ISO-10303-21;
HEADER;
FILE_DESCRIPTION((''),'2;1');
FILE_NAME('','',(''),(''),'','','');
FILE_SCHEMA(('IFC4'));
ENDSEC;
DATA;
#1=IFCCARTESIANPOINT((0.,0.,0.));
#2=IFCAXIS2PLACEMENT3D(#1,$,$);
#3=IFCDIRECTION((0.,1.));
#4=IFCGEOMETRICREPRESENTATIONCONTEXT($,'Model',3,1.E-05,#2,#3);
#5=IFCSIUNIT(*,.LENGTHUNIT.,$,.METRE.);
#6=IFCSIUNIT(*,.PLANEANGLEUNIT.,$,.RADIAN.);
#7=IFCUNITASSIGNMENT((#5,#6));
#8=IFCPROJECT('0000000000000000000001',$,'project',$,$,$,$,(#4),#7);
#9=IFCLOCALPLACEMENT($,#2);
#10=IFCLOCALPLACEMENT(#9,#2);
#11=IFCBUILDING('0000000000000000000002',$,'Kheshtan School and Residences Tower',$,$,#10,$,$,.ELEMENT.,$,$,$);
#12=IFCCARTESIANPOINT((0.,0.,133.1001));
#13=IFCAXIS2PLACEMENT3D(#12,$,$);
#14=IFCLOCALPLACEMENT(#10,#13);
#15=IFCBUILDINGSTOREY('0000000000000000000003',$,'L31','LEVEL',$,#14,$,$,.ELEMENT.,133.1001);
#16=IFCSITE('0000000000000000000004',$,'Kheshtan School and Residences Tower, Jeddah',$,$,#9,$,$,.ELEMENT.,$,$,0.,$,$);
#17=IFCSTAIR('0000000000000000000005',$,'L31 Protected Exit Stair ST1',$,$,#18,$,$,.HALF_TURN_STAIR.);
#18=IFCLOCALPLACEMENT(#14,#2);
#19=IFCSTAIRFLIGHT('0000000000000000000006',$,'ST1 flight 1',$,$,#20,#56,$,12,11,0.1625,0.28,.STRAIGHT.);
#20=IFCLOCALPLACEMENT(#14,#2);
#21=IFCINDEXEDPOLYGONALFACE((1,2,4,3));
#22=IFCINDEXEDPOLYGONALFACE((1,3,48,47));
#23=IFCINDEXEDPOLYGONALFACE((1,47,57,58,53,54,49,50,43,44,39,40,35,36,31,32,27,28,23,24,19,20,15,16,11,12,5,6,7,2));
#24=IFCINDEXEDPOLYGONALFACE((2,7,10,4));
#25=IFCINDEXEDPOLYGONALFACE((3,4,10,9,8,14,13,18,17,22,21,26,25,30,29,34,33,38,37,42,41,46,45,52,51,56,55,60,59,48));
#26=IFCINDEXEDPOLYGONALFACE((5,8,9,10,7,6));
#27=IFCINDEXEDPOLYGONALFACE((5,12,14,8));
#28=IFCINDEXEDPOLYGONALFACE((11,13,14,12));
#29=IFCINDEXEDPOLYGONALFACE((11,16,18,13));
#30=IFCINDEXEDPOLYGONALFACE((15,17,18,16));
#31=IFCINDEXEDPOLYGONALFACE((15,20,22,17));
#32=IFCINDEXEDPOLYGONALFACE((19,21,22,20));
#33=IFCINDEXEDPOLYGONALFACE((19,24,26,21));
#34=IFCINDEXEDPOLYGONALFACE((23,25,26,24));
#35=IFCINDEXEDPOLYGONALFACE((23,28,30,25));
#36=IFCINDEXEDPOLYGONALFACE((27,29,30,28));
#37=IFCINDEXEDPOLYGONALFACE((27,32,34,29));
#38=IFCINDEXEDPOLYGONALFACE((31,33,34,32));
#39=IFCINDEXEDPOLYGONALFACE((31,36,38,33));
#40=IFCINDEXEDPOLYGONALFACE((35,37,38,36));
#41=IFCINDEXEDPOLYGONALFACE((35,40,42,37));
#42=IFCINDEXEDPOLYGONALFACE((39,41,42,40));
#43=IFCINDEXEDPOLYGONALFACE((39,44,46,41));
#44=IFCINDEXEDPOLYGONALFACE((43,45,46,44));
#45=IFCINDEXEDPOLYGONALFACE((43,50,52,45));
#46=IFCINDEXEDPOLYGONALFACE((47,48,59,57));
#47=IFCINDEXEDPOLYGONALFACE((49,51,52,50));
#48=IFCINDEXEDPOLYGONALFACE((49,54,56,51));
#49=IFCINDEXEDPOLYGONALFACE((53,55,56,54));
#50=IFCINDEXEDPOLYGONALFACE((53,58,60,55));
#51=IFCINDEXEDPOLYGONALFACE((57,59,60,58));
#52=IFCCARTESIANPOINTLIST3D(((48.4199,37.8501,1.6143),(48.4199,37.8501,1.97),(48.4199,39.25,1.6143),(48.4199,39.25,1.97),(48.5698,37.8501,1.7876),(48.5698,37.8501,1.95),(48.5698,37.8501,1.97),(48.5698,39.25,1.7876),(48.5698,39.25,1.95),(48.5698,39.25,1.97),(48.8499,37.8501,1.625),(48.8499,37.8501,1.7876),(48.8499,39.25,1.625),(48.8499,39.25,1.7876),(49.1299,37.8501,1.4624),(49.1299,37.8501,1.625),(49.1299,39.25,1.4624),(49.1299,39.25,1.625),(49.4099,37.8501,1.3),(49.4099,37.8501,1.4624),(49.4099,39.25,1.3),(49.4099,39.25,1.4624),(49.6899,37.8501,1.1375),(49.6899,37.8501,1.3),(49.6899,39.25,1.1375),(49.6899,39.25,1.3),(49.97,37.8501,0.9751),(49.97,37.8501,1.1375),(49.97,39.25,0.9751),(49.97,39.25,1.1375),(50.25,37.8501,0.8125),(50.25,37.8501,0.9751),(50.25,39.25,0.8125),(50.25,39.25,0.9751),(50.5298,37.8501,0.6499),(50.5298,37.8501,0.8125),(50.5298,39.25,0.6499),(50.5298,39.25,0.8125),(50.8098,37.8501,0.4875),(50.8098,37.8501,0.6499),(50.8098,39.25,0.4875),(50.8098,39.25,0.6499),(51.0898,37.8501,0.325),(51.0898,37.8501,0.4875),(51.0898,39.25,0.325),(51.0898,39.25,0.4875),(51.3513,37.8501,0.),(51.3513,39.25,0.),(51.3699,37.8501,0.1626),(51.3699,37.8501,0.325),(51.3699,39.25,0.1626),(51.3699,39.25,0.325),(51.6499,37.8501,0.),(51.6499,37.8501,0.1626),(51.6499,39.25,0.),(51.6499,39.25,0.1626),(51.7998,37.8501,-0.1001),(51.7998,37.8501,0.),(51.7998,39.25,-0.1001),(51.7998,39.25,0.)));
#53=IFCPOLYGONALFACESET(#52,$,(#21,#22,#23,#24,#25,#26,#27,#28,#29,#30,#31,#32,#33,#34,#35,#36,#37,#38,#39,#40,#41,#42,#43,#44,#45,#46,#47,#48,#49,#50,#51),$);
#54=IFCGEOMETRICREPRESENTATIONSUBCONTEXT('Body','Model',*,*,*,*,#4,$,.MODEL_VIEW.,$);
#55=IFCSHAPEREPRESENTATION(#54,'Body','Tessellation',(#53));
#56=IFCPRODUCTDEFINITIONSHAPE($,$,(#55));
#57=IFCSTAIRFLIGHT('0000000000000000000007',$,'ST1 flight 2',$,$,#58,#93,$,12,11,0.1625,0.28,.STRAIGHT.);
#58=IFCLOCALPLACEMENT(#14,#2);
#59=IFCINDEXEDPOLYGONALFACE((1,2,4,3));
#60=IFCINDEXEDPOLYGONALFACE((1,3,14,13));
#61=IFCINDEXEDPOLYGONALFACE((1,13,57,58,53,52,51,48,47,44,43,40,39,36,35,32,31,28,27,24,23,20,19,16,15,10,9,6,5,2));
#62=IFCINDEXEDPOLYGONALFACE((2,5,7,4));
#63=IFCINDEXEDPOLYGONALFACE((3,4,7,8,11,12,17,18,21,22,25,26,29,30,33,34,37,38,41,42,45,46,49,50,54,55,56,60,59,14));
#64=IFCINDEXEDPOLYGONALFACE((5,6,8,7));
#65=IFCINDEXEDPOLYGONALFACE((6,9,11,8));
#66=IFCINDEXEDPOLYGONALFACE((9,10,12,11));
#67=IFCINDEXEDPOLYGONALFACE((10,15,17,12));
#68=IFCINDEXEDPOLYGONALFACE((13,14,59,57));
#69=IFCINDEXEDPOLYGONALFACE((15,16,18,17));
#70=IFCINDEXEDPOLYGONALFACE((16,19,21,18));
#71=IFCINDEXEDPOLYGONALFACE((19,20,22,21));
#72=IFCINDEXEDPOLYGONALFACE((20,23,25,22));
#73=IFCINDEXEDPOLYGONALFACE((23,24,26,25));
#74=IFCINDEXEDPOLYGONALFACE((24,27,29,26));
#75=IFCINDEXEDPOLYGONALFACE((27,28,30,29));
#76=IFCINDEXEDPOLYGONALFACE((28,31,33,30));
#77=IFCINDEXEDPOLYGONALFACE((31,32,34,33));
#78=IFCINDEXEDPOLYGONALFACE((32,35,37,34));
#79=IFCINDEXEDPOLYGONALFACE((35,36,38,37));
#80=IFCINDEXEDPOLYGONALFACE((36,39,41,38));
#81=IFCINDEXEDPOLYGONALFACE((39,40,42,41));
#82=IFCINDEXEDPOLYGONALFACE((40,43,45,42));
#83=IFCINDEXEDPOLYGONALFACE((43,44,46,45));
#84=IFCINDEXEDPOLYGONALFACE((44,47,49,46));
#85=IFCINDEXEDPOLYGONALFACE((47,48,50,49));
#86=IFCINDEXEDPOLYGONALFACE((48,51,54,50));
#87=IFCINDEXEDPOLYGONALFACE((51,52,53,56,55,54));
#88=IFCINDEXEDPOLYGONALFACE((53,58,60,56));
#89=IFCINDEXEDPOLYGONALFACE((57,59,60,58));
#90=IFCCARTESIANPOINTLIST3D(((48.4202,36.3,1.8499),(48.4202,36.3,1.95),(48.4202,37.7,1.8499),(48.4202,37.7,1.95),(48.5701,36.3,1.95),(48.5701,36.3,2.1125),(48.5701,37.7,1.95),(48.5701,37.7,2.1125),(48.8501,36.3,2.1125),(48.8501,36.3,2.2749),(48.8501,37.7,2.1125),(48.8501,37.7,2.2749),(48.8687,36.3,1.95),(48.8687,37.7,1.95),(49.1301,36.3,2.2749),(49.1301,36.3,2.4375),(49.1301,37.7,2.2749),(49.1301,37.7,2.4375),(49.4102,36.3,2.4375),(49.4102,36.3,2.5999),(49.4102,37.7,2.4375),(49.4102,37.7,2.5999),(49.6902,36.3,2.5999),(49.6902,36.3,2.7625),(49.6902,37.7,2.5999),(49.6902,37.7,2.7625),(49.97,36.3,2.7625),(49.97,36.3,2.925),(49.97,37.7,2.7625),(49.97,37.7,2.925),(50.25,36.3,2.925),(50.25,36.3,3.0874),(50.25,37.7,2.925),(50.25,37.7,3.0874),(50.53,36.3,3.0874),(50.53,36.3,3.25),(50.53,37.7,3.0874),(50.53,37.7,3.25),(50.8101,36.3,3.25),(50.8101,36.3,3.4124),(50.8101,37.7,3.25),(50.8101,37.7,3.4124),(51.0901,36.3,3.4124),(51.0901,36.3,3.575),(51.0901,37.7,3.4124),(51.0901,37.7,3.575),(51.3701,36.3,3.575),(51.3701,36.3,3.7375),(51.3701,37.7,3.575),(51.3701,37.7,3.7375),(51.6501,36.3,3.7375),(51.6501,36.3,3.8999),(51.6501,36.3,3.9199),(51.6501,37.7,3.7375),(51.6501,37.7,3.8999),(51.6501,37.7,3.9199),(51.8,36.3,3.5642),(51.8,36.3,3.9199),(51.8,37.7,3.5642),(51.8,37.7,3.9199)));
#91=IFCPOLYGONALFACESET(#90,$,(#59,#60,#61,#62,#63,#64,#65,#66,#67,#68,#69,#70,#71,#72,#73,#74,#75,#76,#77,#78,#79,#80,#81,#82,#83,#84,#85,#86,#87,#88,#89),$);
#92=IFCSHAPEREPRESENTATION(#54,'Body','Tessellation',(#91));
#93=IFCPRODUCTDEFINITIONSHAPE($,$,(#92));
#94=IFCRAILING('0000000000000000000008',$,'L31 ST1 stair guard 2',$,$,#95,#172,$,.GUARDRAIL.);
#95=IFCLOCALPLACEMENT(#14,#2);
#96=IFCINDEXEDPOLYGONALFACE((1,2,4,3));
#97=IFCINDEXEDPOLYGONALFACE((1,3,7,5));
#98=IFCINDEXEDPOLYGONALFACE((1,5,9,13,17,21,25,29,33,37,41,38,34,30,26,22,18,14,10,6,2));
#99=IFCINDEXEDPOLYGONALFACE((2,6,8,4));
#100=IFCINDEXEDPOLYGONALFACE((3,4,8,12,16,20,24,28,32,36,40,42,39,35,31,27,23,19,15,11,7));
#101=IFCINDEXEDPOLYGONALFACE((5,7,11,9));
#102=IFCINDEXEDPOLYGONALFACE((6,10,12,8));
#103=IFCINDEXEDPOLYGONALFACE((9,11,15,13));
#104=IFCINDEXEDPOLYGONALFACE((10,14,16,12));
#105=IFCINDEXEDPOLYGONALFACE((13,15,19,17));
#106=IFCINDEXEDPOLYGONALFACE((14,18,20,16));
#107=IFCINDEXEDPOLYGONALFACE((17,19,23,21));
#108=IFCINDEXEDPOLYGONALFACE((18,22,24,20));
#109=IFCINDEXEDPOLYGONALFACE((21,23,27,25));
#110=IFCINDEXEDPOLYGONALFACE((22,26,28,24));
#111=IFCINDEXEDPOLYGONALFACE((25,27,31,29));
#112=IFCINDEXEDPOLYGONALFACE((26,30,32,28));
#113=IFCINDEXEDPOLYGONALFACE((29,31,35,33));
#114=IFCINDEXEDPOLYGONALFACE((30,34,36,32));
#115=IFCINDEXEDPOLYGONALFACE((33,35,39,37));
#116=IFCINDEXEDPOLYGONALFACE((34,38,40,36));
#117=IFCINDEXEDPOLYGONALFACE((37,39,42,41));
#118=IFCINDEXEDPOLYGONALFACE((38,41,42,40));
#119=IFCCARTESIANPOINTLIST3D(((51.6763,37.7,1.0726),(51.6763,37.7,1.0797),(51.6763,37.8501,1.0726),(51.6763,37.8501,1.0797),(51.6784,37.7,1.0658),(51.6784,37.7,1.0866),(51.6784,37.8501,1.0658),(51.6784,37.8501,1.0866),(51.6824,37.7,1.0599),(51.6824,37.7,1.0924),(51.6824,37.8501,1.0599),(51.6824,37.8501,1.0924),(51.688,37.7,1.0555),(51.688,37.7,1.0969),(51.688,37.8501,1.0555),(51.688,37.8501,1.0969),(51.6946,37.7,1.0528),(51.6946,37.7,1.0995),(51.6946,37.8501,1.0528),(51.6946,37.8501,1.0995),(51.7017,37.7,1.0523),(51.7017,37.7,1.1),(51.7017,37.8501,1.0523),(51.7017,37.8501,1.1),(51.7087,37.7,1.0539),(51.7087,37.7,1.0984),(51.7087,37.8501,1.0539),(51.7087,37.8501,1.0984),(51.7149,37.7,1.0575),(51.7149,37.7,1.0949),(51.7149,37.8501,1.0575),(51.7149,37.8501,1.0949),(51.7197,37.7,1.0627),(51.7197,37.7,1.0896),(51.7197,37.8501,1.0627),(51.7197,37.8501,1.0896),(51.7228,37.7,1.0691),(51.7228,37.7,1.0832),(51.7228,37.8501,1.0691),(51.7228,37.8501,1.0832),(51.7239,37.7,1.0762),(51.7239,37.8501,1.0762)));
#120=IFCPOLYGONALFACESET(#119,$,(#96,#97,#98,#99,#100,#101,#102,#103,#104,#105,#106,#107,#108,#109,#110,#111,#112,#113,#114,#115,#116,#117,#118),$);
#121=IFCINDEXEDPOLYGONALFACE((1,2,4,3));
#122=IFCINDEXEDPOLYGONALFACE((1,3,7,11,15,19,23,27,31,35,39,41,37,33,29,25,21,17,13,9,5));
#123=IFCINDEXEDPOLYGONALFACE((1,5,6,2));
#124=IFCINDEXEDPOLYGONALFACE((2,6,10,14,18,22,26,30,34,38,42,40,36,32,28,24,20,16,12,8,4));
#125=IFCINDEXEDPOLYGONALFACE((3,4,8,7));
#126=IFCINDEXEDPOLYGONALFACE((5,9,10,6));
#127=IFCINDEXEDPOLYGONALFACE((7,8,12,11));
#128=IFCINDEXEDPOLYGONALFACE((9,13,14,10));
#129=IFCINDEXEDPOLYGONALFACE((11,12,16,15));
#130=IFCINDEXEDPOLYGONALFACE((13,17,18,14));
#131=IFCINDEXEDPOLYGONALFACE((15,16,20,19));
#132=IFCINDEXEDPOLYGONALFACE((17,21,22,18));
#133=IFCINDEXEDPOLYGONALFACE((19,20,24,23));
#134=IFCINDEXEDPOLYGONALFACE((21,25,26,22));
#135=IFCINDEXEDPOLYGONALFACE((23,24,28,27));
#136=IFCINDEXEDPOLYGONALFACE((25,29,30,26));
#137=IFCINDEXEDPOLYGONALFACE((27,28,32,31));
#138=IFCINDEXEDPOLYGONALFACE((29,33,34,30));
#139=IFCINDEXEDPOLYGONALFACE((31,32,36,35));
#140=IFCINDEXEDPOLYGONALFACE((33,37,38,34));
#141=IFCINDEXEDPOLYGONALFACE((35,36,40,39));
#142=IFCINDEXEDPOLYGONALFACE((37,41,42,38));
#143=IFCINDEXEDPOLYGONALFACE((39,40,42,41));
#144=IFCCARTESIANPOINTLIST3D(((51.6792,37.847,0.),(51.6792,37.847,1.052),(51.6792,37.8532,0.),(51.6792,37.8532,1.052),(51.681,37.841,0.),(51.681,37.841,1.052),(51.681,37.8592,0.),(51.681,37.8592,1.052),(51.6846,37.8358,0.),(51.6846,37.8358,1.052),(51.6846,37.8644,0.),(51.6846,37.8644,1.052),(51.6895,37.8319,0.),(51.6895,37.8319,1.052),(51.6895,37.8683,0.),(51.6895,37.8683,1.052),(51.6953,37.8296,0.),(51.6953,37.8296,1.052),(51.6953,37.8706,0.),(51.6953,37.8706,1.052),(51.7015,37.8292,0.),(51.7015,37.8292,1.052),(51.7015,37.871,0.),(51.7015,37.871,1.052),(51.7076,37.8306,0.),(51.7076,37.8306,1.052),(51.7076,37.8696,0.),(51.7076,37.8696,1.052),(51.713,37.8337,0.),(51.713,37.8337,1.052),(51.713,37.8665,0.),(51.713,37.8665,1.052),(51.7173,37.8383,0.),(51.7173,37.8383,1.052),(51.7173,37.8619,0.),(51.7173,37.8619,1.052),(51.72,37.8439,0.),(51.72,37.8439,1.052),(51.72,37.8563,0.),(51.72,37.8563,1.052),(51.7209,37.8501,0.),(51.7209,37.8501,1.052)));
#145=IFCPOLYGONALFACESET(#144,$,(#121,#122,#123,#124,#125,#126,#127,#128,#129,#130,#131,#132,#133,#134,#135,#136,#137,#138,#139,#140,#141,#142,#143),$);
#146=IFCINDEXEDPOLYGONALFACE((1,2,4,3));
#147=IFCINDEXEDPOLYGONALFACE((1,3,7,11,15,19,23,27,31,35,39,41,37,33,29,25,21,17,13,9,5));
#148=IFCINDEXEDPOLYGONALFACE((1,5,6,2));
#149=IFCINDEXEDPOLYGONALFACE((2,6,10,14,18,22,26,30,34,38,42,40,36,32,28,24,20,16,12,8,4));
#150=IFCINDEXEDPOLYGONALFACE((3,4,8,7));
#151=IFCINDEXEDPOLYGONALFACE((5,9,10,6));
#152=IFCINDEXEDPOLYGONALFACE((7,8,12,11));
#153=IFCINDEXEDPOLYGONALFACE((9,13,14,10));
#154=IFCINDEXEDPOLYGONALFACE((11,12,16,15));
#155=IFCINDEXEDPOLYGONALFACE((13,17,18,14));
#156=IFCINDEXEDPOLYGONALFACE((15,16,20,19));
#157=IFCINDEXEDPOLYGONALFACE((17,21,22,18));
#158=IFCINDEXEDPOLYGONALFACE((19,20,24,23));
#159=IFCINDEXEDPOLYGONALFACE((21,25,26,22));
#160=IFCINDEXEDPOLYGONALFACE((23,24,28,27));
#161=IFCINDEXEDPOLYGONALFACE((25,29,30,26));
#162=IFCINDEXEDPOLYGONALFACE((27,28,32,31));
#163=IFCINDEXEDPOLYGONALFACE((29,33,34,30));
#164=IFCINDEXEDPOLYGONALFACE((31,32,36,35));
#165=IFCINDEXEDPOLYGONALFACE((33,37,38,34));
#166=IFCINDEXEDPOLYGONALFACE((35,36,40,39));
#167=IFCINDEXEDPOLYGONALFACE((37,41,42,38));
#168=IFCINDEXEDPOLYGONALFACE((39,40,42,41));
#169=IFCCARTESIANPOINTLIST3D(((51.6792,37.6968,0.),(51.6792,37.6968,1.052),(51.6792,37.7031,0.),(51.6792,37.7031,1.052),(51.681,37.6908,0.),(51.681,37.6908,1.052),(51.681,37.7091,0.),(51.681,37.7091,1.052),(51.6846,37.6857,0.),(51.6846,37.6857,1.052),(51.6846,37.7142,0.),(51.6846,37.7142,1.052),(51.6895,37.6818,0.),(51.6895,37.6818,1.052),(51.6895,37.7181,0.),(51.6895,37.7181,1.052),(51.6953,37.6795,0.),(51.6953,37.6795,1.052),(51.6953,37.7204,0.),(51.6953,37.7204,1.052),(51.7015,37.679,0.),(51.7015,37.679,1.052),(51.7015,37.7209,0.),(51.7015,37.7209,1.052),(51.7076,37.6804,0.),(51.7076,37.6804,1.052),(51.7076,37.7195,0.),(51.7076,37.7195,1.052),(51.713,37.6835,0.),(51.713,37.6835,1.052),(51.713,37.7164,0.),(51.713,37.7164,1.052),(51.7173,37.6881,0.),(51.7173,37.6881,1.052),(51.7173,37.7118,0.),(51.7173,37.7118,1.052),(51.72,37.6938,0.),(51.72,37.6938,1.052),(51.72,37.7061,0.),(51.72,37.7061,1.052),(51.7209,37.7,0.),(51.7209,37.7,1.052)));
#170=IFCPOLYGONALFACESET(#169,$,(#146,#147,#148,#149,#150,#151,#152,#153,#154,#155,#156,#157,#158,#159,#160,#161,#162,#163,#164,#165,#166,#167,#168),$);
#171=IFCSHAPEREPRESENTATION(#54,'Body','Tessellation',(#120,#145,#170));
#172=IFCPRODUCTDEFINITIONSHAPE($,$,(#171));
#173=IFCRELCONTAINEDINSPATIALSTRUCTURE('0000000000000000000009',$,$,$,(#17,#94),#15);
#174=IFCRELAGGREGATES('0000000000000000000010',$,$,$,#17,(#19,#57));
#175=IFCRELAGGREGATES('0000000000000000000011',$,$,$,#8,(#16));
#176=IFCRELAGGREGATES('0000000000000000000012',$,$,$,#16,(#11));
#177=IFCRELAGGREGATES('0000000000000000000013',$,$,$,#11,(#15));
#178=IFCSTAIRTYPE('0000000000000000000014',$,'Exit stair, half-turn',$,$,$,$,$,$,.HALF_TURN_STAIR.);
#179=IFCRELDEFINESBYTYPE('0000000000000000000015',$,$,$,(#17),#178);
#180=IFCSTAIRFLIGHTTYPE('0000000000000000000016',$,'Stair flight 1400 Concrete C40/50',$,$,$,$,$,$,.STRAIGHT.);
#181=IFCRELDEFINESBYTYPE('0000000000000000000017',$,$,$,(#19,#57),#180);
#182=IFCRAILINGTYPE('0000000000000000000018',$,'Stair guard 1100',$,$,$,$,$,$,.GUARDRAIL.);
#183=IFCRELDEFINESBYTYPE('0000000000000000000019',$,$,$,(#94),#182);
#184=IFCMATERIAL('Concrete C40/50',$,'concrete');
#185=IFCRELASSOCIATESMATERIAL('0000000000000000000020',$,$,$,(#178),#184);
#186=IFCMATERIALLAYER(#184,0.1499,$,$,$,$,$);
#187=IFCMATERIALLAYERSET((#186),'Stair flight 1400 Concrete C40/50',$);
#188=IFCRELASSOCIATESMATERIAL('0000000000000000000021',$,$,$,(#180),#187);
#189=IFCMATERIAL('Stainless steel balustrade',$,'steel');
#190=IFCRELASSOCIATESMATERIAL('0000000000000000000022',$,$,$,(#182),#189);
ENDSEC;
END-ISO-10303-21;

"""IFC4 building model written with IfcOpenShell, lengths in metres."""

from ifc_helpers import new_model, si_unit, direction, frame, origin, origin_2d, place, context, subcontext, project, spatial, polyline, circle, outline, extrude, material, layer, layer_set, type_object, element, aggregate, save


model = new_model("IFC4")

# Units and contexts
model_context = context("Model", 3, precision=1e-05, world=origin(), true_north=direction((0.0, 1.0)))
body_context = subcontext(model_context, "Body", "Model", "MODEL_VIEW")
ifc_project = project(units=[si_unit("LENGTHUNIT", "METRE"), si_unit("PLANEANGLEUNIT", "RADIAN")], contexts=[model_context])

# Site, building, storey
site_placement = place(None, origin())
site = spatial("IfcSite", under=ifc_project, at=site_placement, Name="Kheshtan School and Residences Tower, Jeddah", CompositionType="ELEMENT", RefElevation=0.0)
building_placement = place(site_placement, origin())
building = spatial("IfcBuilding", under=site, at=building_placement, Name="Kheshtan School and Residences Tower", CompositionType="ELEMENT")
storey_placement = place(building_placement, frame((0.0, 0.0, 133.1001)))
storey = spatial("IfcBuildingStorey", under=building, at=storey_placement, Name="L31", Description="LEVEL", CompositionType="ELEMENT", Elevation=133.1001)

# Shared definitions
ifc_material_1 = material(Name="Concrete C40/50", Category="concrete")

# Stair, stair flights
stair_type = type_object("IfcStairType", Name="Exit stair, half-turn", PredefinedType="HALF_TURN_STAIR", material=ifc_material_1)
stair_placement = place(storey_placement, origin())
stair = element("IfcStair", 1, at=stair_placement, inside=storey, type_object=stair_type, Name="L31 Protected Exit Stair ST1", PredefinedType="HALF_TURN_STAIR")
ifc_layer_1 = layer(ifc_material_1, 0.1499)
ifc_layer_set_1 = layer_set([ifc_layer_1], Name="Stair flight 1400 Concrete C40/50")
stair_flight_type = type_object("IfcStairFlightType", Name="Stair flight 1400 Concrete C40/50", PredefinedType="STRAIGHT", material=ifc_layer_set_1)
stair_flight_1_placement = place(storey_placement, frame((51.6499, 38.55, 0.0), z_axis=(0.0, 0.0, 1.0), x_axis=(-1.0, 0.0, 0.0)))
stair_flight_1 = element("IfcStairFlight", 2, at=stair_flight_1_placement, type_object=stair_flight_type, Name="ST1 flight 1", NumberOfRisers=12, NumberOfTreads=11, PredefinedType="STRAIGHT", RiserHeight=0.1625, TreadLength=0.28, context=body_context, shape_type="SweptSolid", body=[
    extrude(outline(polyline([(-0.1499, -0.1001), (-0.1499, 0.0), (0.0, 0.0), (0.0, 0.1626), (0.28, 0.1626), (0.28, 0.325), (0.5601, 0.325), (0.5601, 0.4875), (0.8401, 0.4875), (0.8401, 0.6499), (1.1201, 0.6499), (1.1201, 0.8125), (1.3999, 0.8125), (1.3999, 0.9751), (1.6799, 0.9751), (1.6799, 1.1375), (1.96, 1.1375), (1.96, 1.3), (2.24, 1.3), (2.24, 1.4624), (2.52, 1.4624), (2.52, 1.625), (2.8, 1.625), (2.8, 1.7876), (3.0801, 1.7876), (3.0801, 1.95), (3.0801, 1.97), (3.23, 1.97), (3.23, 1.6143), (0.2986, 0.0), (-0.1499, -0.1001)])), frame((0.0, 0.7, 0.0), z_axis=(0.0, -1.0, 0.0), x_axis=(1.0, 0.0, 0.0)), (0.0, 0.0, 1.0), 1.3999),
])
stair_flight_2_placement = place(storey_placement, frame((48.5701, 37.0, 1.95), z_axis=(0.0, 0.0, 1.0), x_axis=(1.0, 0.0, 0.0)))
stair_flight_2 = element("IfcStairFlight", 3, at=stair_flight_2_placement, type_object=stair_flight_type, Name="ST1 flight 2", NumberOfRisers=12, NumberOfTreads=11, PredefinedType="STRAIGHT", RiserHeight=0.1625, TreadLength=0.28, context=body_context, shape_type="SweptSolid", body=[
    extrude(outline(polyline([(-0.1499, -0.1001), (-0.1499, 0.0), (0.0, 0.0), (0.0, 0.1626), (0.28, 0.1626), (0.28, 0.325), (0.5601, 0.325), (0.5601, 0.4875), (0.8401, 0.4875), (0.8401, 0.6499), (1.1201, 0.6499), (1.1201, 0.8125), (1.3999, 0.8125), (1.3999, 0.9751), (1.6799, 0.9751), (1.6799, 1.1375), (1.96, 1.1375), (1.96, 1.3), (2.24, 1.3), (2.24, 1.4624), (2.52, 1.4624), (2.52, 1.625), (2.8, 1.625), (2.8, 1.7876), (3.0801, 1.7876), (3.0801, 1.95), (3.0801, 1.97), (3.23, 1.97), (3.23, 1.6143), (0.2986, 0.0), (-0.1499, -0.1001)])), frame((0.0, 0.7, 0.0), z_axis=(0.0, -1.0, 0.0), x_axis=(1.0, 0.0, 0.0)), (0.0, 0.0, 1.0), 1.3999),
])
aggregate(stair, [stair_flight_1, stair_flight_2])

# Railing
ifc_material_2 = material(Name="Stainless steel balustrade", Category="steel")
railing_type_1 = type_object("IfcRailingType", Name="Stair guard 1100", PredefinedType="GUARDRAIL", material=ifc_material_2)
railing_1_placement = place(storey_placement, frame((51.7, 37.8501, 0.0)))
element("IfcRailing", 4, at=railing_1_placement, inside=storey, type_object=railing_type_1, Name="L31 ST1 stair guard 2", PredefinedType="GUARDRAIL", context=body_context, shape_type="SweptSolid", body=[
    extrude(circle(Radius=0.0239, at=origin_2d()), frame((0.0, 0.0, 1.0762), z_axis=(0.0, -1.0, 0.0), x_axis=(1.0, 0.0, 0.0)), (0.0, 0.0, 1.0), 0.1501),
    extrude(circle(Radius=0.021, at=origin_2d()), origin(), (0.0, 0.0, 1.0), 1.052),
    extrude(circle(Radius=0.021, at=origin_2d()), frame((0.0, -0.1501, 0.0)), (0.0, 0.0, 1.0), 1.052),
])

save(model, "model.ifc")
